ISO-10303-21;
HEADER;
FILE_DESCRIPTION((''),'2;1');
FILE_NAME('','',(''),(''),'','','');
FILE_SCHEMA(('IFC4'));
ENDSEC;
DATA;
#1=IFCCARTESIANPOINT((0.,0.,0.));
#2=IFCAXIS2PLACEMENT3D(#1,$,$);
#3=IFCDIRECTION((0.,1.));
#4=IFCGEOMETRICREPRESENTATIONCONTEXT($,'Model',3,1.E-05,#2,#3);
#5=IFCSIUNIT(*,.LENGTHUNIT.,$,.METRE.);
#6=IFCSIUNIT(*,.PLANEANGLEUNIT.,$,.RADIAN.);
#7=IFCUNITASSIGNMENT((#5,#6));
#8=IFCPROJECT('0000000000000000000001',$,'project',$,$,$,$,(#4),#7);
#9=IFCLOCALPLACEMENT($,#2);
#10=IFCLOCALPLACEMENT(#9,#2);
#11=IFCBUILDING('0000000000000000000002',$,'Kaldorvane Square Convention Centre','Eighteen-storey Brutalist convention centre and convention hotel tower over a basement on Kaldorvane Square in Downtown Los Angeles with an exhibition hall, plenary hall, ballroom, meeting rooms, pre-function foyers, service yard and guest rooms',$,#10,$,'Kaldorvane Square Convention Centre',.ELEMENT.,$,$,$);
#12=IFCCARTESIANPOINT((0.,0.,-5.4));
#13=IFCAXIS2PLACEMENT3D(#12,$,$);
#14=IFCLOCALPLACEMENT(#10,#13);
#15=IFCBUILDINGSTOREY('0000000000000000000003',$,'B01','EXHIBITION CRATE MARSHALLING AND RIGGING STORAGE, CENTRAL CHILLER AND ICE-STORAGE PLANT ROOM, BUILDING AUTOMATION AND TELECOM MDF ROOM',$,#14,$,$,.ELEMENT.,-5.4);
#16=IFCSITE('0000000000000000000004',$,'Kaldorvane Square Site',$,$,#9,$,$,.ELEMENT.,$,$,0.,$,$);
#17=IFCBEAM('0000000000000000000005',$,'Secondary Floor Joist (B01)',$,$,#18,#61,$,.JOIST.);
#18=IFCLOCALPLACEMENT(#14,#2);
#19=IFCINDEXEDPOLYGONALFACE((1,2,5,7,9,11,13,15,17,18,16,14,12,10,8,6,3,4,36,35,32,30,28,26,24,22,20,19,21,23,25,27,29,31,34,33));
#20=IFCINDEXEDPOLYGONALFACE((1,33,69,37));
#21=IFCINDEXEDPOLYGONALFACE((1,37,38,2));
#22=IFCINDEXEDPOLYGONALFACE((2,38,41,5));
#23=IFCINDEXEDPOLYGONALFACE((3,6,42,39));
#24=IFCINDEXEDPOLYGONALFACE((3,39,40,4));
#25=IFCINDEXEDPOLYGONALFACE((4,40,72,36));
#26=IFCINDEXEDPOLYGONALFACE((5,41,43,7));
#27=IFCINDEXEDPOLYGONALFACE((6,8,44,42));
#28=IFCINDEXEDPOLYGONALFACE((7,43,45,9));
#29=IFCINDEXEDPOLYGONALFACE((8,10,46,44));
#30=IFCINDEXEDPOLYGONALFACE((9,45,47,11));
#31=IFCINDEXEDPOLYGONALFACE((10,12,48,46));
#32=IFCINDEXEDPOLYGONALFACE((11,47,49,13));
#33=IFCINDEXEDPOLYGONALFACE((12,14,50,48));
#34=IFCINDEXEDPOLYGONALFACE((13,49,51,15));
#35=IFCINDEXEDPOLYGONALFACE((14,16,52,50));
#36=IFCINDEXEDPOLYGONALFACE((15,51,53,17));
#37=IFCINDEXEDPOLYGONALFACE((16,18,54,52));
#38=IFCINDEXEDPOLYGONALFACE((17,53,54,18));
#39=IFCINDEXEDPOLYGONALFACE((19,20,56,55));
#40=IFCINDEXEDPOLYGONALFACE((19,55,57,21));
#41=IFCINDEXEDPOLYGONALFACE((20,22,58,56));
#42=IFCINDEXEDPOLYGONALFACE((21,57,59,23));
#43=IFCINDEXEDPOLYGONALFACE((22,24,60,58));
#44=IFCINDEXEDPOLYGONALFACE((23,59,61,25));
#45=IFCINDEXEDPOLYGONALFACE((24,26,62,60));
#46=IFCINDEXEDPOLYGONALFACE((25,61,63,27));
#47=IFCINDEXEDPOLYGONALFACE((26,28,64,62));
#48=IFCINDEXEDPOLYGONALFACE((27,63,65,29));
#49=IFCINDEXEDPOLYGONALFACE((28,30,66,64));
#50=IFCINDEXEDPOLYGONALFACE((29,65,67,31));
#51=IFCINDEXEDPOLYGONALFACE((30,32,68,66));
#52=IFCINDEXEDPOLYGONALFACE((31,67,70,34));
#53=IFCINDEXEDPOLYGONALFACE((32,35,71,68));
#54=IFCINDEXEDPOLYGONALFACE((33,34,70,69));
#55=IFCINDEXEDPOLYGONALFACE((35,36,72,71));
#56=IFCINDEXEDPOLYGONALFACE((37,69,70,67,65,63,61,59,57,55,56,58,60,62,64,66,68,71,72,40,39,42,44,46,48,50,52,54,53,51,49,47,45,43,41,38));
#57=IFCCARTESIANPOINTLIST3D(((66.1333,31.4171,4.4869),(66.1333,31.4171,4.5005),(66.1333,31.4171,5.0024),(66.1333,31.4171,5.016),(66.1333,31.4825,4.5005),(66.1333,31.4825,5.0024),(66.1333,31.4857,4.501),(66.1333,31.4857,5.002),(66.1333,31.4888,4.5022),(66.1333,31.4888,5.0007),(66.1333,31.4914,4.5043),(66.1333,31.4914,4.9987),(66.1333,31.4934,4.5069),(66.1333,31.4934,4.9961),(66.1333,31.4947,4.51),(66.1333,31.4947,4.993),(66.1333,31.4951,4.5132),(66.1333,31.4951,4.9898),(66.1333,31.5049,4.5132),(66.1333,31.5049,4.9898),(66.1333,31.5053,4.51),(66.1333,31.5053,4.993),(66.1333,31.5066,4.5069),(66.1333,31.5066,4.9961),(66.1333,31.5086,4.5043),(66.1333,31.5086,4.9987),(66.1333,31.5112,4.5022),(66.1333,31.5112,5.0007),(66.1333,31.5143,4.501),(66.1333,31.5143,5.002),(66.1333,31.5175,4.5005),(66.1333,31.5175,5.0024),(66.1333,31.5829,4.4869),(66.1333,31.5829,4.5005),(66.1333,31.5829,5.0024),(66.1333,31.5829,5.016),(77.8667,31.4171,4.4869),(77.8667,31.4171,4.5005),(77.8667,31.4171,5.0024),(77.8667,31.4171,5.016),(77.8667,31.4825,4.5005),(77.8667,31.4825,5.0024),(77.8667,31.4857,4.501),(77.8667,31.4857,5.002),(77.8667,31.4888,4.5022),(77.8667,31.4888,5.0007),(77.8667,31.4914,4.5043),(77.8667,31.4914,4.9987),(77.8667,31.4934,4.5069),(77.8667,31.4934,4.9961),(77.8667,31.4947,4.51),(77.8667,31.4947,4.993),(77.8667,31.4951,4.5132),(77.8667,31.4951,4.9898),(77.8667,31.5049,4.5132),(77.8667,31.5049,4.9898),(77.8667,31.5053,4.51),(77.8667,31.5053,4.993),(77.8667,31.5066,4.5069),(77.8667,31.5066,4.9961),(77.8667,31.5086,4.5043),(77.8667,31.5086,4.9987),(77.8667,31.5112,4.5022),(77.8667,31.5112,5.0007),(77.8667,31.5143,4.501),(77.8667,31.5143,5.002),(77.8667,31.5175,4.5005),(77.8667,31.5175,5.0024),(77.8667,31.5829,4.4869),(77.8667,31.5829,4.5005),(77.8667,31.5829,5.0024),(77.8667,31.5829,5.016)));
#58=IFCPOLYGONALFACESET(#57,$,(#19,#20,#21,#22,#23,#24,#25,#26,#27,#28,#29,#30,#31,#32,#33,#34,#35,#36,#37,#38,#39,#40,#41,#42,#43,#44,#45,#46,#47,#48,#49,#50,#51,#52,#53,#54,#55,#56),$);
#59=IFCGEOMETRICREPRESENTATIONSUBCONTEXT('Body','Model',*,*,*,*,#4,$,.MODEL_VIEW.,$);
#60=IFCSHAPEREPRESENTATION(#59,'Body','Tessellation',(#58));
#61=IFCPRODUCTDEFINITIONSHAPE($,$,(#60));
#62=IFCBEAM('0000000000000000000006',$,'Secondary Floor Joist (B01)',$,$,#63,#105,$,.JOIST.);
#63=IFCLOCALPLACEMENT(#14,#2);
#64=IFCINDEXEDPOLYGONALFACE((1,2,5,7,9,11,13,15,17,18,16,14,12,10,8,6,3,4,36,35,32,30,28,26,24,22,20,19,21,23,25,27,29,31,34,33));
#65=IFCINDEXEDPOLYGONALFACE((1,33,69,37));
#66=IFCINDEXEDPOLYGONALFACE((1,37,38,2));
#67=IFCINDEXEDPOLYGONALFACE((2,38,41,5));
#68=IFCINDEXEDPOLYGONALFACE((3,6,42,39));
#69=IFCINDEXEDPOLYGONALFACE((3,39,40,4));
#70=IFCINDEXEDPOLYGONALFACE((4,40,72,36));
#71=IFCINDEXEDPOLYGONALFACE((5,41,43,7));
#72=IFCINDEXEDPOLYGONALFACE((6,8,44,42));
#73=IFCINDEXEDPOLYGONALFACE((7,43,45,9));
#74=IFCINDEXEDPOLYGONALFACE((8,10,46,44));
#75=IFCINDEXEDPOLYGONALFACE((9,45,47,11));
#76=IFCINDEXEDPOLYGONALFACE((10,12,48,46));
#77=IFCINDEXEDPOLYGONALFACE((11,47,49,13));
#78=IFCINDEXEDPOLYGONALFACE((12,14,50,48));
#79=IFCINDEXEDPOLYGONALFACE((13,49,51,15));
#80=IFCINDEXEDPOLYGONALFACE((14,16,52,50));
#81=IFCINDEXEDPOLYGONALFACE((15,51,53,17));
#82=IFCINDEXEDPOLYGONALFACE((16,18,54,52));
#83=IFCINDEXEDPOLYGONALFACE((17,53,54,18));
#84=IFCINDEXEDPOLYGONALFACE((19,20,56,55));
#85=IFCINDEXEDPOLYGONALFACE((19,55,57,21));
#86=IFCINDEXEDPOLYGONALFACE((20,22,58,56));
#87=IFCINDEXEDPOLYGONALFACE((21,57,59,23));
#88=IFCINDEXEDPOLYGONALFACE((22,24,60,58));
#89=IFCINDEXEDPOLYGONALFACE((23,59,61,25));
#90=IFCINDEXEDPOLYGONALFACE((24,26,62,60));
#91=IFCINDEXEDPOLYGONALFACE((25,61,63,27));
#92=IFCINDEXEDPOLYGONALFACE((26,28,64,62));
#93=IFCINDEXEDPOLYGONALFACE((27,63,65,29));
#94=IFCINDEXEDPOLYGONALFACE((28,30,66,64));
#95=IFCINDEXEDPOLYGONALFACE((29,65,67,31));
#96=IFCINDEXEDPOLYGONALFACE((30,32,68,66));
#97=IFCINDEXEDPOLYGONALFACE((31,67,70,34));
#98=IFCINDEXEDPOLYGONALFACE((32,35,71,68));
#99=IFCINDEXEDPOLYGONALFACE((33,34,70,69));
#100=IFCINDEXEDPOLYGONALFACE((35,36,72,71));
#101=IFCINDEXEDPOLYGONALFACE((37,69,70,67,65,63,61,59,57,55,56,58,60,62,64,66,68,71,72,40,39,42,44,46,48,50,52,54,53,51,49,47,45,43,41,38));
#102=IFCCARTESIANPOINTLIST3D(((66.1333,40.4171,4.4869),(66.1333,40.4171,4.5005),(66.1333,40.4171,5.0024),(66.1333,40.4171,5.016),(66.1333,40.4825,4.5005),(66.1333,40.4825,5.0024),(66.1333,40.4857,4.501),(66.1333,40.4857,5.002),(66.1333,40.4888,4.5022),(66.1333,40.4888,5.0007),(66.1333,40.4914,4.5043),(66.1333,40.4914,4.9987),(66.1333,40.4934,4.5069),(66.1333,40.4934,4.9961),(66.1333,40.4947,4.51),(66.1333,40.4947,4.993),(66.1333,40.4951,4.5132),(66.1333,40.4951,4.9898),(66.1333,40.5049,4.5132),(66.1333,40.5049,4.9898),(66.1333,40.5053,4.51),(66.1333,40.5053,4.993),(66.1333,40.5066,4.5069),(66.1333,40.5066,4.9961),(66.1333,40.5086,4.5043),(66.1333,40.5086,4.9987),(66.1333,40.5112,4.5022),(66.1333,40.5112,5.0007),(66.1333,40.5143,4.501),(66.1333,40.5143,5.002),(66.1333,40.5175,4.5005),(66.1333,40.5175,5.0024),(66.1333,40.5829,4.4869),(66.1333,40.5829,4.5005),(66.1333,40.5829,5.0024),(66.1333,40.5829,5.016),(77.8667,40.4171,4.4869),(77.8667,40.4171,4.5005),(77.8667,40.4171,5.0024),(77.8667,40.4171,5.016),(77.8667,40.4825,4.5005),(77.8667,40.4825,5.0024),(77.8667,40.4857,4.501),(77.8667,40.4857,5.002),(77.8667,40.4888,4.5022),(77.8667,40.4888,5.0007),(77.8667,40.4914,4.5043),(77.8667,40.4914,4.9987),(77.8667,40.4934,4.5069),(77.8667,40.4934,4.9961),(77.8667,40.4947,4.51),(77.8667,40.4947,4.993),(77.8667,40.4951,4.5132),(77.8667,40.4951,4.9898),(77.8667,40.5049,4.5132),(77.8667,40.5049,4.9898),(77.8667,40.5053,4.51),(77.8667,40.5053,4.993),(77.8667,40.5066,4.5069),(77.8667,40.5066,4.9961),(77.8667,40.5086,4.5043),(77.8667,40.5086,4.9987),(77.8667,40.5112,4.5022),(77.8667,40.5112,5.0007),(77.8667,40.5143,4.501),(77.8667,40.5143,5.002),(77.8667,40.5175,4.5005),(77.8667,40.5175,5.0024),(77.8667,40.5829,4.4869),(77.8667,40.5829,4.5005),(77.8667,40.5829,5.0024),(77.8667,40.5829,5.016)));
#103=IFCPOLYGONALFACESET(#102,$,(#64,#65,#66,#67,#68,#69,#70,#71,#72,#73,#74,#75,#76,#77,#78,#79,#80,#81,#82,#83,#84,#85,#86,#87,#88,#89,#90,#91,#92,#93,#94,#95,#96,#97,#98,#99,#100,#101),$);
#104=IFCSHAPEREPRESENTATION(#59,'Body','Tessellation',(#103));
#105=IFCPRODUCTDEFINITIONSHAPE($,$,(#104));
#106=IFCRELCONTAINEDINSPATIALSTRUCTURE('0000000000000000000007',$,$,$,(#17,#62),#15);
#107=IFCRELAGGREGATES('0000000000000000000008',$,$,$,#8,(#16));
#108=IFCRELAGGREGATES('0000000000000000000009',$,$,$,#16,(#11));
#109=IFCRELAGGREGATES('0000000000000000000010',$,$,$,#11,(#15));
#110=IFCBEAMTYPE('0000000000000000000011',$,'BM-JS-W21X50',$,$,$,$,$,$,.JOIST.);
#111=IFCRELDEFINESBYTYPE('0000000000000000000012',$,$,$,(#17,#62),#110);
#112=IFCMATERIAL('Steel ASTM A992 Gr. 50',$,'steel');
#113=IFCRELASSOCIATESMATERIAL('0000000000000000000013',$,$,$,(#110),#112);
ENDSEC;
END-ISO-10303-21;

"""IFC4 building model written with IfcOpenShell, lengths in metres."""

from ifc_helpers import new_model, si_unit, direction, frame, origin, origin_2d, place, context, subcontext, project, spatial, i_section, extrude, material, material_profile, profile_set, type_object, element, save


model = new_model("IFC4")

# Units and contexts
model_context = context("Model", 3, precision=1e-05, world=origin(), true_north=direction((0.0, 1.0)))
body_context = subcontext(model_context, "Body", "Model", "MODEL_VIEW")
ifc_project = project(units=[si_unit("LENGTHUNIT", "METRE"), si_unit("PLANEANGLEUNIT", "RADIAN")], contexts=[model_context])

# Site, building, storey
site_placement = place(None, origin())
site = spatial("IfcSite", under=ifc_project, at=site_placement, Name="Kaldorvane Square Site", CompositionType="ELEMENT", RefElevation=0.0)
building_placement = place(site_placement, origin())
building = spatial("IfcBuilding", under=site, at=building_placement, Name="Kaldorvane Square Convention Centre", Description="Eighteen-storey Brutalist convention centre and convention hotel tower over a basement on Kaldorvane Square in Downtown Los Angeles with an exhibition hall, plenary hall, ballroom, meeting rooms, pre-function foyers, service yard and guest rooms", LongName="Kaldorvane Square Convention Centre", CompositionType="ELEMENT")
storey_placement = place(building_placement, frame((0.0, 0.0, -5.4)))
storey = spatial("IfcBuildingStorey", under=building, at=storey_placement, Name="B01", Description="EXHIBITION CRATE MARSHALLING AND RIGGING STORAGE, CENTRAL CHILLER AND ICE-STORAGE PLANT ROOM, BUILDING AUTOMATION AND TELECOM MDF ROOM", CompositionType="ELEMENT", Elevation=-5.4)

# Shared definitions
ifc_material_1 = material(Name="Steel ASTM A992 Gr. 50", Category="steel")

# Beams
ifc_material_profile_1 = material_profile(ifc_material_1, i_section(OverallWidth=0.1659, OverallDepth=0.5291, WebThickness=0.0097, FlangeThickness=0.0136, FilletRadius=0.0127, at=origin_2d()), Name="W21X50")
ifc_profile_set_1 = profile_set([ifc_material_profile_1], Name="Steel ASTM A992 Gr. 50")
beam_type_1 = type_object("IfcBeamType", Name="BM-JS-W21X50", PredefinedType="JOIST", material=ifc_profile_set_1)
for number, where, z_axis, x_axis, name in (
    (1, (66.1333, 31.5, 4.7515), (1.0, 0.0, 0.0), (0.0, 1.0, 0.0), "Secondary Floor Joist (B01)"),
    (2, (66.1333, 40.5, 4.7515), (1.0, 0.0, 0.0), (0.0, 1.0, 0.0), "Secondary Floor Joist (B01)"),
):
    element("IfcBeam", number, at=place(storey_placement, frame(where, z_axis=z_axis, x_axis=x_axis)), inside=storey, type_object=beam_type_1, Name=name, PredefinedType="JOIST", context=body_context, shape_type="SweptSolid", body=[
        extrude(i_section(OverallWidth=0.1659, OverallDepth=0.5291, WebThickness=0.0097, FlangeThickness=0.0136, FilletRadius=0.0127, at=origin_2d()), origin(), (0.0, 0.0, 1.0), 11.7334),
    ])

save(model, "model.ifc")
